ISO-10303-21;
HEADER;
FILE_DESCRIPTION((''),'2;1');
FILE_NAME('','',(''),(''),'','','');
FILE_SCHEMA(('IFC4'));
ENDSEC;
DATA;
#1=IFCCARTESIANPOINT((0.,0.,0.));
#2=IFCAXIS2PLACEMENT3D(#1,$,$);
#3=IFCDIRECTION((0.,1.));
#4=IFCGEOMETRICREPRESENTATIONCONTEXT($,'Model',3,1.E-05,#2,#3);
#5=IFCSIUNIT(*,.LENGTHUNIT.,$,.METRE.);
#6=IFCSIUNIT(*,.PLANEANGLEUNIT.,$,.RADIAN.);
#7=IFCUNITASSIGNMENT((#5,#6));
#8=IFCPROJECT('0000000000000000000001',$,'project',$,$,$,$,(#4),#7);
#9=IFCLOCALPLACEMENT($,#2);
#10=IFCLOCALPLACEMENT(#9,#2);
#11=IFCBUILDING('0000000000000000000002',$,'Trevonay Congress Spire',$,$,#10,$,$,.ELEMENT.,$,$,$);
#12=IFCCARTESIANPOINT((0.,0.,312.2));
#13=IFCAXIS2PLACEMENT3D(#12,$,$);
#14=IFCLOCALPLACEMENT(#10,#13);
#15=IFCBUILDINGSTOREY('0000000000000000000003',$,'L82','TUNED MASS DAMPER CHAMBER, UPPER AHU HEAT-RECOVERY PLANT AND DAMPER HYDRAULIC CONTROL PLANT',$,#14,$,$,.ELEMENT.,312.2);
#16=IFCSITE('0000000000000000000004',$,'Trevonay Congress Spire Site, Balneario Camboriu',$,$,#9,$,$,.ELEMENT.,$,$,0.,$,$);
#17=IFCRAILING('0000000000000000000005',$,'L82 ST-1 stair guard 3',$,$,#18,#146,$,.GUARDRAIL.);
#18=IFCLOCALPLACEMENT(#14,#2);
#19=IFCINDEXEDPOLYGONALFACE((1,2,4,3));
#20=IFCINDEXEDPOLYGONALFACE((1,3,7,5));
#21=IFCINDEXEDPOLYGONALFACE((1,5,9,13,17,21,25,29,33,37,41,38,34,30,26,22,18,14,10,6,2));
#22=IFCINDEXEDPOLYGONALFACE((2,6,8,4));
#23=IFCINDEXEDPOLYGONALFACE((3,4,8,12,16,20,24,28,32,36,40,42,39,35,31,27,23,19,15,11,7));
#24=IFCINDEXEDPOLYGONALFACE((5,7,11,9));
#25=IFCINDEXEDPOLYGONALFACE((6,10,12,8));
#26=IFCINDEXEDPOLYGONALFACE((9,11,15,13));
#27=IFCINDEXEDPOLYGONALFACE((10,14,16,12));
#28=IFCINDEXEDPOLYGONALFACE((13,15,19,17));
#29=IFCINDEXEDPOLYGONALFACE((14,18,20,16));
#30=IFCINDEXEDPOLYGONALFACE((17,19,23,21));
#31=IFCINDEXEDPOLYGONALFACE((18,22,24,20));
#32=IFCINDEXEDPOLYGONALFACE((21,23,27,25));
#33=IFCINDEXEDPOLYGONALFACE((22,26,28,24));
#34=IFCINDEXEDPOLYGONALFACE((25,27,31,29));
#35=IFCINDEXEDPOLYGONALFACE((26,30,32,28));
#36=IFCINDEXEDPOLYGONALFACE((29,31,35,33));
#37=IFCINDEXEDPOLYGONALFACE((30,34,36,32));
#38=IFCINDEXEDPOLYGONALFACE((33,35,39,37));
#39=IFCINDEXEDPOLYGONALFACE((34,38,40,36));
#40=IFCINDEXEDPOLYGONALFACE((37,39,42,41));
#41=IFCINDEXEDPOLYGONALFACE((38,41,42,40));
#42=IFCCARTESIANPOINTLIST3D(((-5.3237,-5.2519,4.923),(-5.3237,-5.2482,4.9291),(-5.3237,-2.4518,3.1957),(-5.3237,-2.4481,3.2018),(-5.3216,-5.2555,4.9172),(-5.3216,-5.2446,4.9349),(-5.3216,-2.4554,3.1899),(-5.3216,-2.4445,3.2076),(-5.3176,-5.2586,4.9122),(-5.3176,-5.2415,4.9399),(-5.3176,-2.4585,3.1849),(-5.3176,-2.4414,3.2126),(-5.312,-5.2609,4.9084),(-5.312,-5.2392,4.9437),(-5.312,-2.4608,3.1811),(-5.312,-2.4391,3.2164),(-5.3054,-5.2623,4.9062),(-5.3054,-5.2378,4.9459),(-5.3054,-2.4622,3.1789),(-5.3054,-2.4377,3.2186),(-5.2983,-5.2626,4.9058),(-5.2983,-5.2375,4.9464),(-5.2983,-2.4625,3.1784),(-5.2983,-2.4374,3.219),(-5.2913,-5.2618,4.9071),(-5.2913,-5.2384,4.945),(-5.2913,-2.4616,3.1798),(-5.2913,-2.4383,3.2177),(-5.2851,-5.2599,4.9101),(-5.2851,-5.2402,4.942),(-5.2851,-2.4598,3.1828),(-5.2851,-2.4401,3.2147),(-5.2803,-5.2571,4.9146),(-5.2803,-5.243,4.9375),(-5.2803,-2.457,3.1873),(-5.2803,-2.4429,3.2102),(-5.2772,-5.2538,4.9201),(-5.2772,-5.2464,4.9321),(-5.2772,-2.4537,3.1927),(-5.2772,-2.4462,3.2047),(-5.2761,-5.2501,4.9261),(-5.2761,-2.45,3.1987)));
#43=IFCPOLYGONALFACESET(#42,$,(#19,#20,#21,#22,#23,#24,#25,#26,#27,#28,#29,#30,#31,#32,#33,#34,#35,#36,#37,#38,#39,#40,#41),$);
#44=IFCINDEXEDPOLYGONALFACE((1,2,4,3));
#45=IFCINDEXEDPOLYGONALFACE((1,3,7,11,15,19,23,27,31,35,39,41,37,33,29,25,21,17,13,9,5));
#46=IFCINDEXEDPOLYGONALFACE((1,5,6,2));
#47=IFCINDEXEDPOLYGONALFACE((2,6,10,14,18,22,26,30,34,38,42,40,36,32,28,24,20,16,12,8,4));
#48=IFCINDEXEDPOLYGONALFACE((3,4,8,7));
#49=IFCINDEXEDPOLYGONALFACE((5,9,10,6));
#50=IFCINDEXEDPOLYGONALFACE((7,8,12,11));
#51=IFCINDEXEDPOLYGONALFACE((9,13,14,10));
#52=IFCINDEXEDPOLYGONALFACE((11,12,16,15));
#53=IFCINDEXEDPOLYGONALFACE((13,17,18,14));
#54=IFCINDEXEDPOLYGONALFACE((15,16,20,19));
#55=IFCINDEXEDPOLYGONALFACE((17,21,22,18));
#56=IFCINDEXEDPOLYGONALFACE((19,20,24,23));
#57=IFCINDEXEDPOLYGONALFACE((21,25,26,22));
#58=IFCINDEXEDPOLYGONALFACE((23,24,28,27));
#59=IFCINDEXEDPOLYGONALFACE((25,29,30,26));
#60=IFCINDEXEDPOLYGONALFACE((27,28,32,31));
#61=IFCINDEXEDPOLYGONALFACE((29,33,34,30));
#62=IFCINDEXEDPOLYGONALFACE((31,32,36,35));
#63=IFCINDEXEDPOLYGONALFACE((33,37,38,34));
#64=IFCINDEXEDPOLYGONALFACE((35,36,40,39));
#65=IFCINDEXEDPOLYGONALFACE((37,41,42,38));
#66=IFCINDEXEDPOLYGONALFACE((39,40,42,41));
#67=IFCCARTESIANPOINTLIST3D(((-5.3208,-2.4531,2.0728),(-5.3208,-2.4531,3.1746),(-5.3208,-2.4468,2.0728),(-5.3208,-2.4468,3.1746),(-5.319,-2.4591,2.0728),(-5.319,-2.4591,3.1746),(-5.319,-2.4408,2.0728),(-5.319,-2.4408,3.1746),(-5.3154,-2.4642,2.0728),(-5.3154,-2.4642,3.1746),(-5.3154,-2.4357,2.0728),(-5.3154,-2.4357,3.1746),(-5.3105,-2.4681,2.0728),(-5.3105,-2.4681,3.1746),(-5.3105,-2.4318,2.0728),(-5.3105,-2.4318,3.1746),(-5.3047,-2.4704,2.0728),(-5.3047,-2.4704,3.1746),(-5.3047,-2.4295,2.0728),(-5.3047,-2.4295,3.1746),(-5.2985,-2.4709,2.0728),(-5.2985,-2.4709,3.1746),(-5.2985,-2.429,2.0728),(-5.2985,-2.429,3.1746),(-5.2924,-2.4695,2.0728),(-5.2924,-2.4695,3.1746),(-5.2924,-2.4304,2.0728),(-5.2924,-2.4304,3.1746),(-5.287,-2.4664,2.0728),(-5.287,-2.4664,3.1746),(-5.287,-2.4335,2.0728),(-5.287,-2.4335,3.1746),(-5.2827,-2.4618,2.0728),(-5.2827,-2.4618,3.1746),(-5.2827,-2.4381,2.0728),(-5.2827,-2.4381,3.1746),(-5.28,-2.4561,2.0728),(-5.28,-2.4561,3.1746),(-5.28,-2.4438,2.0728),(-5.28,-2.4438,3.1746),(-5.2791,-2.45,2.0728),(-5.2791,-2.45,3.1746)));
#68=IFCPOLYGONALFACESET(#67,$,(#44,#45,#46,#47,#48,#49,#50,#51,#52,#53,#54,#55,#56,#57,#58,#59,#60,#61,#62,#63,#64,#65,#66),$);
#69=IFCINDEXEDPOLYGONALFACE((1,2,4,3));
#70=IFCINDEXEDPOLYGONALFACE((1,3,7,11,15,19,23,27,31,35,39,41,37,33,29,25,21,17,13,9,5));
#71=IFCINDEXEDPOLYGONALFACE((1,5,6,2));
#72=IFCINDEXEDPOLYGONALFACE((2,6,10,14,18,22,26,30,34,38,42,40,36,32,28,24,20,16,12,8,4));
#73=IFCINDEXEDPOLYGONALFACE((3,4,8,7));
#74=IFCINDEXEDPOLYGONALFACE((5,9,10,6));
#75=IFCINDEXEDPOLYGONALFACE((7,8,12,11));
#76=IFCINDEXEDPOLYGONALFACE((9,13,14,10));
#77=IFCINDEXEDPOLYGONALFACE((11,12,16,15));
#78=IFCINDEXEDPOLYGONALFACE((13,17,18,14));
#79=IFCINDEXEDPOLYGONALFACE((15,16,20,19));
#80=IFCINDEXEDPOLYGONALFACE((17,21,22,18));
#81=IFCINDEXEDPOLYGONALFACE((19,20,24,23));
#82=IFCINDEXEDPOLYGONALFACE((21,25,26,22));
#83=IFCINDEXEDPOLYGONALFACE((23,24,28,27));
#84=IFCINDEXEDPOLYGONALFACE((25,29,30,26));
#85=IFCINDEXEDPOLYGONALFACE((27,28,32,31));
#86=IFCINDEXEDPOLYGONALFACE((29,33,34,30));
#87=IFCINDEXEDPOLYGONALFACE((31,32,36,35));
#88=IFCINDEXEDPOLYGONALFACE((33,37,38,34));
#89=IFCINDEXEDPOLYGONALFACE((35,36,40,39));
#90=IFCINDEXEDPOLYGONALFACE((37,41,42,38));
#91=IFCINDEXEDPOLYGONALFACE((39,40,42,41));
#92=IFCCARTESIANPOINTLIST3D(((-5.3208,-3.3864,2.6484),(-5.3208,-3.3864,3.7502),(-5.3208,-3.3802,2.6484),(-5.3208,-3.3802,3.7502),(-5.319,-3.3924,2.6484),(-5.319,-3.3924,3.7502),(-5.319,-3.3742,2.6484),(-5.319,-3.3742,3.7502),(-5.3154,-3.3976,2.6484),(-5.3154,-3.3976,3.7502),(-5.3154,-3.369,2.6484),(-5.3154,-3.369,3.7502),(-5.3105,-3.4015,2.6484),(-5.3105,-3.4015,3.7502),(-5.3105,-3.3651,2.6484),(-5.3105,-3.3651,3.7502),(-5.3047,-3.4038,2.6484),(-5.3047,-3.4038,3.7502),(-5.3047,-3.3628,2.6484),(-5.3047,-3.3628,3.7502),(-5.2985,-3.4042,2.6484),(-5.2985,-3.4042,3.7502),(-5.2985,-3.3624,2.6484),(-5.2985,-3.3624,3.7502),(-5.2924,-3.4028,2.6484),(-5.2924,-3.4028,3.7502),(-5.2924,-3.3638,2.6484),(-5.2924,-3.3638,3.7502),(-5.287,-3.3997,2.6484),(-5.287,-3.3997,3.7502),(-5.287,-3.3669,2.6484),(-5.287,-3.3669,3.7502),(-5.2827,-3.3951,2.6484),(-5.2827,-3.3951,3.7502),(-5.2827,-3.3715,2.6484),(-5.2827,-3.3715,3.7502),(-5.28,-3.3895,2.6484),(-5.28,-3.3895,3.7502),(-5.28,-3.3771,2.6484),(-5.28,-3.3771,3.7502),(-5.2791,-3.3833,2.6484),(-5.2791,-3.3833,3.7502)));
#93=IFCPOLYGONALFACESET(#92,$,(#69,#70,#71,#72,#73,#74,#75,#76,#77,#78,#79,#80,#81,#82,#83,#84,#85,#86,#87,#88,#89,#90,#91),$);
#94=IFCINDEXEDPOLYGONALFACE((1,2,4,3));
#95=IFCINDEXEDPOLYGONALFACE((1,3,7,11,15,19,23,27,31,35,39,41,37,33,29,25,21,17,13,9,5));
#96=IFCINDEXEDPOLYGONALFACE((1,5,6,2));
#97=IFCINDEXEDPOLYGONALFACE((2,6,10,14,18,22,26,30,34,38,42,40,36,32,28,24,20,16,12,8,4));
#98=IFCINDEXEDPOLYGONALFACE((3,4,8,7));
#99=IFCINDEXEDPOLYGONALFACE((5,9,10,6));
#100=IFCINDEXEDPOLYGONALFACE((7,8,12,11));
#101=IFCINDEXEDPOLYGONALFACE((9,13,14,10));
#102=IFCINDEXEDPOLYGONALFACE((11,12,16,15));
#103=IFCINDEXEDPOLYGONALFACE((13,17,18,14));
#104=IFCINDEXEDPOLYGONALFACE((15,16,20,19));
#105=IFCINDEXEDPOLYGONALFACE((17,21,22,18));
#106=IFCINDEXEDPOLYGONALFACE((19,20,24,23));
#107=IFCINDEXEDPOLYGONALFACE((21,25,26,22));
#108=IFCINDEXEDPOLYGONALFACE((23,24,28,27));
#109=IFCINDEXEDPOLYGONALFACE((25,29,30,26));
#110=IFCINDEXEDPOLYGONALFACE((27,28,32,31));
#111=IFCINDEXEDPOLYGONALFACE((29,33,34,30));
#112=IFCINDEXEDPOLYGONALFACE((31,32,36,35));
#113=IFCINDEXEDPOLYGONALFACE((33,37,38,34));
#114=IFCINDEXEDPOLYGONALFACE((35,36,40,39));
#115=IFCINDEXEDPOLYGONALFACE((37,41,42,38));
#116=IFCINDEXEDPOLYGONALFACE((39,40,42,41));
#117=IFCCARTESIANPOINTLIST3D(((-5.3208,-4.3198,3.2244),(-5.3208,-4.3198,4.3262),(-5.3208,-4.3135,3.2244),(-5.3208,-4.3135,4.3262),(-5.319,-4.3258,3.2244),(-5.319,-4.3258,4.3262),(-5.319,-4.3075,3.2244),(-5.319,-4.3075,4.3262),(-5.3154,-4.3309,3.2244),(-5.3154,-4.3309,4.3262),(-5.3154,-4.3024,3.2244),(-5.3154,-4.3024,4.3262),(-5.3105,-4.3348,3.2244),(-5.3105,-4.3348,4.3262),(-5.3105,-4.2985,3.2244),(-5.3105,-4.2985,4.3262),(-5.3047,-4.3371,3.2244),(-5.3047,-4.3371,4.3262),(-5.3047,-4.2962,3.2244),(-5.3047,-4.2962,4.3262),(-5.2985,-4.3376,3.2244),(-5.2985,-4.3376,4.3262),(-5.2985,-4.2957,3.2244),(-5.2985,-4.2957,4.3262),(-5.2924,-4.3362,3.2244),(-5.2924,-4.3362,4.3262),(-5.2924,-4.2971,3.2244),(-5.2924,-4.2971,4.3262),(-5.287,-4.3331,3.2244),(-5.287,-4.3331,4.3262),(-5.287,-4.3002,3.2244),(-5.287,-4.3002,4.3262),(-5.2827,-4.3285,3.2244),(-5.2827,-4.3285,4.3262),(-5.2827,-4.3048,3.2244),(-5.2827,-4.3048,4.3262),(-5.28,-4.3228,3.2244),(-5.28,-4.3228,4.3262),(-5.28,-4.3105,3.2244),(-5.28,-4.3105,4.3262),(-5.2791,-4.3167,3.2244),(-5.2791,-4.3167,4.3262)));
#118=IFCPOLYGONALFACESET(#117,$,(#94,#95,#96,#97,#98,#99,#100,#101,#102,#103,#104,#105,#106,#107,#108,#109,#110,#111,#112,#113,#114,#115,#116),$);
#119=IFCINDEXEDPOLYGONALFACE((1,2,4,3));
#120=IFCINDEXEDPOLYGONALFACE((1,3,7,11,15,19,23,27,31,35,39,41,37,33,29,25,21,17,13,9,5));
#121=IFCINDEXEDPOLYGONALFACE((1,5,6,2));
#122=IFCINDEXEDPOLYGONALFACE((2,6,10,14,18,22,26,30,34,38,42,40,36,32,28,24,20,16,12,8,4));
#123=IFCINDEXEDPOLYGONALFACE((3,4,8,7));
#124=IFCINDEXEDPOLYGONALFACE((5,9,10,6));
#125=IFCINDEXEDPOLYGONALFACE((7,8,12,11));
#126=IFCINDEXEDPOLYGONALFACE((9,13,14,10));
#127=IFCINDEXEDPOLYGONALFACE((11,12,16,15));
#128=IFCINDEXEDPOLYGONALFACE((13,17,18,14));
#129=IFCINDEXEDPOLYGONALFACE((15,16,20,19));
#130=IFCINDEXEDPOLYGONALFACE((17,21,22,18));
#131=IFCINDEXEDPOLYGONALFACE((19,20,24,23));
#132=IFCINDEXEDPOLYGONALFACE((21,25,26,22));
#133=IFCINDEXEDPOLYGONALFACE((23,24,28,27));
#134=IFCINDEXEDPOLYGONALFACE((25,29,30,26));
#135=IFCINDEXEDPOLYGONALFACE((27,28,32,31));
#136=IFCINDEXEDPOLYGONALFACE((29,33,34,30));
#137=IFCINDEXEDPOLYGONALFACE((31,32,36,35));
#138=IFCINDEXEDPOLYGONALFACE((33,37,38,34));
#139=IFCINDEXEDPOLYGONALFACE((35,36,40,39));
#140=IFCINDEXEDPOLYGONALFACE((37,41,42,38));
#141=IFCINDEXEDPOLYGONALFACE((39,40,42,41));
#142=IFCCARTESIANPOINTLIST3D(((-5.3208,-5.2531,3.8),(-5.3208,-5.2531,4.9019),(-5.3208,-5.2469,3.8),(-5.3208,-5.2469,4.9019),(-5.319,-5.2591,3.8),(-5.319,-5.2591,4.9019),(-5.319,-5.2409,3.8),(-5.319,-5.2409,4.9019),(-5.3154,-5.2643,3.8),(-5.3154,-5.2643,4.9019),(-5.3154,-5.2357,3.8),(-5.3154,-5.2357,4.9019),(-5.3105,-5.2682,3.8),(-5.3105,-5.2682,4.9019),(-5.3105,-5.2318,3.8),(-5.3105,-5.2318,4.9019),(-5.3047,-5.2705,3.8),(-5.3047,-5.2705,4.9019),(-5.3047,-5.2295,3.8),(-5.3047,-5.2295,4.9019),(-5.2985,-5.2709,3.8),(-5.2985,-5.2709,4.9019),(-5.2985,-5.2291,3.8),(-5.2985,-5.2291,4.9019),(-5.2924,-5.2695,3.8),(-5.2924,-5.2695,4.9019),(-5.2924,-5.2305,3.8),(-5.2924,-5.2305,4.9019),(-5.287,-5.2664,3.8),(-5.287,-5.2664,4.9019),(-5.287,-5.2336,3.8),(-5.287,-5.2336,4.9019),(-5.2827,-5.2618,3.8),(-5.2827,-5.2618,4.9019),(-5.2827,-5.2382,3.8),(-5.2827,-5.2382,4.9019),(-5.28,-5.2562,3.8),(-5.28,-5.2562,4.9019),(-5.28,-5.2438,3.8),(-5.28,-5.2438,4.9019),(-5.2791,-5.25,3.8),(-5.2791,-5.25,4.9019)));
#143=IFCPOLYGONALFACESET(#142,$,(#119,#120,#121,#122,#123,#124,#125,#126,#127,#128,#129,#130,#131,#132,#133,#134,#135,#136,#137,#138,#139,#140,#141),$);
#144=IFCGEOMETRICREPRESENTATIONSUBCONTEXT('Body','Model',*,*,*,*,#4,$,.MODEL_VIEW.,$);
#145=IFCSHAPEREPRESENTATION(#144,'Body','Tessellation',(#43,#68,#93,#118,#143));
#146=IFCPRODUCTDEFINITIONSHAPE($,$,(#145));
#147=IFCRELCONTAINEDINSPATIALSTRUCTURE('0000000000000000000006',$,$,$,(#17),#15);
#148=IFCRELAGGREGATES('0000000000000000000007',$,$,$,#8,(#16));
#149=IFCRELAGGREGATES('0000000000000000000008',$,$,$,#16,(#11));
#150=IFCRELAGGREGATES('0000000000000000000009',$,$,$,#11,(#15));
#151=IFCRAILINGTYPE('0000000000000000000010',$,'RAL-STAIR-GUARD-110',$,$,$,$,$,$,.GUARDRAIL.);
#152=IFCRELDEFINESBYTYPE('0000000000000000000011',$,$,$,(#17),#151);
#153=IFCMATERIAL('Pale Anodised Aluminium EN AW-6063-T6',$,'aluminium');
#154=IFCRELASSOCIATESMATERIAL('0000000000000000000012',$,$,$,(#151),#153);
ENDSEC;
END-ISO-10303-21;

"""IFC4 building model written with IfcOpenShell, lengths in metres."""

from ifc_helpers import new_model, si_unit, direction, frame, origin, origin_2d, place, context, subcontext, project, spatial, circle, extrude, material, type_object, element, save


model = new_model("IFC4")

# Units and contexts
model_context = context("Model", 3, precision=1e-05, world=origin(), true_north=direction((0.0, 1.0)))
body_context = subcontext(model_context, "Body", "Model", "MODEL_VIEW")
ifc_project = project(units=[si_unit("LENGTHUNIT", "METRE"), si_unit("PLANEANGLEUNIT", "RADIAN")], contexts=[model_context])

# Site, building, storey
site_placement = place(None, origin())
site = spatial("IfcSite", under=ifc_project, at=site_placement, Name="Trevonay Congress Spire Site, Balneario Camboriu", CompositionType="ELEMENT", RefElevation=0.0)
building_placement = place(site_placement, origin())
building = spatial("IfcBuilding", under=site, at=building_placement, Name="Trevonay Congress Spire", CompositionType="ELEMENT")
storey_placement = place(building_placement, frame((0.0, 0.0, 312.2)))
storey = spatial("IfcBuildingStorey", under=building, at=storey_placement, Name="L82", Description="TUNED MASS DAMPER CHAMBER, UPPER AHU HEAT-RECOVERY PLANT AND DAMPER HYDRAULIC CONTROL PLANT", CompositionType="ELEMENT", Elevation=312.2)

# Railing
ifc_material_1 = material(Name="Pale Anodised Aluminium EN AW-6063-T6", Category="aluminium")
railing_type_1 = type_object("IfcRailingType", Name="RAL-STAIR-GUARD-110", PredefinedType="GUARDRAIL", material=ifc_material_1)
railing_1_placement = place(storey_placement, frame((-5.3, -2.45, 2.0728)))
element("IfcRailing", 1, at=railing_1_placement, inside=storey, type_object=railing_type_1, Name="L82 ST-1 stair guard 3", PredefinedType="GUARDRAIL", context=body_context, shape_type="SweptSolid", body=[
    extrude(circle(Radius=0.0239, at=origin_2d()), frame((0.0, 0.0, 1.126), z_axis=(0.0, -0.85109, 0.52502), x_axis=(1.0, 0.0, 0.0)), (0.0, 0.0, 1.0), 3.29),
    extrude(circle(Radius=0.021, at=origin_2d()), origin(), (0.0, 0.0, 1.0), 1.1018),
    extrude(circle(Radius=0.021, at=origin_2d()), frame((0.0, -0.9333, 0.5757)), (0.0, 0.0, 1.0), 1.1018),
    extrude(circle(Radius=0.021, at=origin_2d()), frame((0.0, -1.8667, 1.1516)), (0.0, 0.0, 1.0), 1.1018),
    extrude(circle(Radius=0.021, at=origin_2d()), frame((0.0, -2.8, 1.7273)), (0.0, 0.0, 1.0), 1.1018),
])

save(model, "model.ifc")
